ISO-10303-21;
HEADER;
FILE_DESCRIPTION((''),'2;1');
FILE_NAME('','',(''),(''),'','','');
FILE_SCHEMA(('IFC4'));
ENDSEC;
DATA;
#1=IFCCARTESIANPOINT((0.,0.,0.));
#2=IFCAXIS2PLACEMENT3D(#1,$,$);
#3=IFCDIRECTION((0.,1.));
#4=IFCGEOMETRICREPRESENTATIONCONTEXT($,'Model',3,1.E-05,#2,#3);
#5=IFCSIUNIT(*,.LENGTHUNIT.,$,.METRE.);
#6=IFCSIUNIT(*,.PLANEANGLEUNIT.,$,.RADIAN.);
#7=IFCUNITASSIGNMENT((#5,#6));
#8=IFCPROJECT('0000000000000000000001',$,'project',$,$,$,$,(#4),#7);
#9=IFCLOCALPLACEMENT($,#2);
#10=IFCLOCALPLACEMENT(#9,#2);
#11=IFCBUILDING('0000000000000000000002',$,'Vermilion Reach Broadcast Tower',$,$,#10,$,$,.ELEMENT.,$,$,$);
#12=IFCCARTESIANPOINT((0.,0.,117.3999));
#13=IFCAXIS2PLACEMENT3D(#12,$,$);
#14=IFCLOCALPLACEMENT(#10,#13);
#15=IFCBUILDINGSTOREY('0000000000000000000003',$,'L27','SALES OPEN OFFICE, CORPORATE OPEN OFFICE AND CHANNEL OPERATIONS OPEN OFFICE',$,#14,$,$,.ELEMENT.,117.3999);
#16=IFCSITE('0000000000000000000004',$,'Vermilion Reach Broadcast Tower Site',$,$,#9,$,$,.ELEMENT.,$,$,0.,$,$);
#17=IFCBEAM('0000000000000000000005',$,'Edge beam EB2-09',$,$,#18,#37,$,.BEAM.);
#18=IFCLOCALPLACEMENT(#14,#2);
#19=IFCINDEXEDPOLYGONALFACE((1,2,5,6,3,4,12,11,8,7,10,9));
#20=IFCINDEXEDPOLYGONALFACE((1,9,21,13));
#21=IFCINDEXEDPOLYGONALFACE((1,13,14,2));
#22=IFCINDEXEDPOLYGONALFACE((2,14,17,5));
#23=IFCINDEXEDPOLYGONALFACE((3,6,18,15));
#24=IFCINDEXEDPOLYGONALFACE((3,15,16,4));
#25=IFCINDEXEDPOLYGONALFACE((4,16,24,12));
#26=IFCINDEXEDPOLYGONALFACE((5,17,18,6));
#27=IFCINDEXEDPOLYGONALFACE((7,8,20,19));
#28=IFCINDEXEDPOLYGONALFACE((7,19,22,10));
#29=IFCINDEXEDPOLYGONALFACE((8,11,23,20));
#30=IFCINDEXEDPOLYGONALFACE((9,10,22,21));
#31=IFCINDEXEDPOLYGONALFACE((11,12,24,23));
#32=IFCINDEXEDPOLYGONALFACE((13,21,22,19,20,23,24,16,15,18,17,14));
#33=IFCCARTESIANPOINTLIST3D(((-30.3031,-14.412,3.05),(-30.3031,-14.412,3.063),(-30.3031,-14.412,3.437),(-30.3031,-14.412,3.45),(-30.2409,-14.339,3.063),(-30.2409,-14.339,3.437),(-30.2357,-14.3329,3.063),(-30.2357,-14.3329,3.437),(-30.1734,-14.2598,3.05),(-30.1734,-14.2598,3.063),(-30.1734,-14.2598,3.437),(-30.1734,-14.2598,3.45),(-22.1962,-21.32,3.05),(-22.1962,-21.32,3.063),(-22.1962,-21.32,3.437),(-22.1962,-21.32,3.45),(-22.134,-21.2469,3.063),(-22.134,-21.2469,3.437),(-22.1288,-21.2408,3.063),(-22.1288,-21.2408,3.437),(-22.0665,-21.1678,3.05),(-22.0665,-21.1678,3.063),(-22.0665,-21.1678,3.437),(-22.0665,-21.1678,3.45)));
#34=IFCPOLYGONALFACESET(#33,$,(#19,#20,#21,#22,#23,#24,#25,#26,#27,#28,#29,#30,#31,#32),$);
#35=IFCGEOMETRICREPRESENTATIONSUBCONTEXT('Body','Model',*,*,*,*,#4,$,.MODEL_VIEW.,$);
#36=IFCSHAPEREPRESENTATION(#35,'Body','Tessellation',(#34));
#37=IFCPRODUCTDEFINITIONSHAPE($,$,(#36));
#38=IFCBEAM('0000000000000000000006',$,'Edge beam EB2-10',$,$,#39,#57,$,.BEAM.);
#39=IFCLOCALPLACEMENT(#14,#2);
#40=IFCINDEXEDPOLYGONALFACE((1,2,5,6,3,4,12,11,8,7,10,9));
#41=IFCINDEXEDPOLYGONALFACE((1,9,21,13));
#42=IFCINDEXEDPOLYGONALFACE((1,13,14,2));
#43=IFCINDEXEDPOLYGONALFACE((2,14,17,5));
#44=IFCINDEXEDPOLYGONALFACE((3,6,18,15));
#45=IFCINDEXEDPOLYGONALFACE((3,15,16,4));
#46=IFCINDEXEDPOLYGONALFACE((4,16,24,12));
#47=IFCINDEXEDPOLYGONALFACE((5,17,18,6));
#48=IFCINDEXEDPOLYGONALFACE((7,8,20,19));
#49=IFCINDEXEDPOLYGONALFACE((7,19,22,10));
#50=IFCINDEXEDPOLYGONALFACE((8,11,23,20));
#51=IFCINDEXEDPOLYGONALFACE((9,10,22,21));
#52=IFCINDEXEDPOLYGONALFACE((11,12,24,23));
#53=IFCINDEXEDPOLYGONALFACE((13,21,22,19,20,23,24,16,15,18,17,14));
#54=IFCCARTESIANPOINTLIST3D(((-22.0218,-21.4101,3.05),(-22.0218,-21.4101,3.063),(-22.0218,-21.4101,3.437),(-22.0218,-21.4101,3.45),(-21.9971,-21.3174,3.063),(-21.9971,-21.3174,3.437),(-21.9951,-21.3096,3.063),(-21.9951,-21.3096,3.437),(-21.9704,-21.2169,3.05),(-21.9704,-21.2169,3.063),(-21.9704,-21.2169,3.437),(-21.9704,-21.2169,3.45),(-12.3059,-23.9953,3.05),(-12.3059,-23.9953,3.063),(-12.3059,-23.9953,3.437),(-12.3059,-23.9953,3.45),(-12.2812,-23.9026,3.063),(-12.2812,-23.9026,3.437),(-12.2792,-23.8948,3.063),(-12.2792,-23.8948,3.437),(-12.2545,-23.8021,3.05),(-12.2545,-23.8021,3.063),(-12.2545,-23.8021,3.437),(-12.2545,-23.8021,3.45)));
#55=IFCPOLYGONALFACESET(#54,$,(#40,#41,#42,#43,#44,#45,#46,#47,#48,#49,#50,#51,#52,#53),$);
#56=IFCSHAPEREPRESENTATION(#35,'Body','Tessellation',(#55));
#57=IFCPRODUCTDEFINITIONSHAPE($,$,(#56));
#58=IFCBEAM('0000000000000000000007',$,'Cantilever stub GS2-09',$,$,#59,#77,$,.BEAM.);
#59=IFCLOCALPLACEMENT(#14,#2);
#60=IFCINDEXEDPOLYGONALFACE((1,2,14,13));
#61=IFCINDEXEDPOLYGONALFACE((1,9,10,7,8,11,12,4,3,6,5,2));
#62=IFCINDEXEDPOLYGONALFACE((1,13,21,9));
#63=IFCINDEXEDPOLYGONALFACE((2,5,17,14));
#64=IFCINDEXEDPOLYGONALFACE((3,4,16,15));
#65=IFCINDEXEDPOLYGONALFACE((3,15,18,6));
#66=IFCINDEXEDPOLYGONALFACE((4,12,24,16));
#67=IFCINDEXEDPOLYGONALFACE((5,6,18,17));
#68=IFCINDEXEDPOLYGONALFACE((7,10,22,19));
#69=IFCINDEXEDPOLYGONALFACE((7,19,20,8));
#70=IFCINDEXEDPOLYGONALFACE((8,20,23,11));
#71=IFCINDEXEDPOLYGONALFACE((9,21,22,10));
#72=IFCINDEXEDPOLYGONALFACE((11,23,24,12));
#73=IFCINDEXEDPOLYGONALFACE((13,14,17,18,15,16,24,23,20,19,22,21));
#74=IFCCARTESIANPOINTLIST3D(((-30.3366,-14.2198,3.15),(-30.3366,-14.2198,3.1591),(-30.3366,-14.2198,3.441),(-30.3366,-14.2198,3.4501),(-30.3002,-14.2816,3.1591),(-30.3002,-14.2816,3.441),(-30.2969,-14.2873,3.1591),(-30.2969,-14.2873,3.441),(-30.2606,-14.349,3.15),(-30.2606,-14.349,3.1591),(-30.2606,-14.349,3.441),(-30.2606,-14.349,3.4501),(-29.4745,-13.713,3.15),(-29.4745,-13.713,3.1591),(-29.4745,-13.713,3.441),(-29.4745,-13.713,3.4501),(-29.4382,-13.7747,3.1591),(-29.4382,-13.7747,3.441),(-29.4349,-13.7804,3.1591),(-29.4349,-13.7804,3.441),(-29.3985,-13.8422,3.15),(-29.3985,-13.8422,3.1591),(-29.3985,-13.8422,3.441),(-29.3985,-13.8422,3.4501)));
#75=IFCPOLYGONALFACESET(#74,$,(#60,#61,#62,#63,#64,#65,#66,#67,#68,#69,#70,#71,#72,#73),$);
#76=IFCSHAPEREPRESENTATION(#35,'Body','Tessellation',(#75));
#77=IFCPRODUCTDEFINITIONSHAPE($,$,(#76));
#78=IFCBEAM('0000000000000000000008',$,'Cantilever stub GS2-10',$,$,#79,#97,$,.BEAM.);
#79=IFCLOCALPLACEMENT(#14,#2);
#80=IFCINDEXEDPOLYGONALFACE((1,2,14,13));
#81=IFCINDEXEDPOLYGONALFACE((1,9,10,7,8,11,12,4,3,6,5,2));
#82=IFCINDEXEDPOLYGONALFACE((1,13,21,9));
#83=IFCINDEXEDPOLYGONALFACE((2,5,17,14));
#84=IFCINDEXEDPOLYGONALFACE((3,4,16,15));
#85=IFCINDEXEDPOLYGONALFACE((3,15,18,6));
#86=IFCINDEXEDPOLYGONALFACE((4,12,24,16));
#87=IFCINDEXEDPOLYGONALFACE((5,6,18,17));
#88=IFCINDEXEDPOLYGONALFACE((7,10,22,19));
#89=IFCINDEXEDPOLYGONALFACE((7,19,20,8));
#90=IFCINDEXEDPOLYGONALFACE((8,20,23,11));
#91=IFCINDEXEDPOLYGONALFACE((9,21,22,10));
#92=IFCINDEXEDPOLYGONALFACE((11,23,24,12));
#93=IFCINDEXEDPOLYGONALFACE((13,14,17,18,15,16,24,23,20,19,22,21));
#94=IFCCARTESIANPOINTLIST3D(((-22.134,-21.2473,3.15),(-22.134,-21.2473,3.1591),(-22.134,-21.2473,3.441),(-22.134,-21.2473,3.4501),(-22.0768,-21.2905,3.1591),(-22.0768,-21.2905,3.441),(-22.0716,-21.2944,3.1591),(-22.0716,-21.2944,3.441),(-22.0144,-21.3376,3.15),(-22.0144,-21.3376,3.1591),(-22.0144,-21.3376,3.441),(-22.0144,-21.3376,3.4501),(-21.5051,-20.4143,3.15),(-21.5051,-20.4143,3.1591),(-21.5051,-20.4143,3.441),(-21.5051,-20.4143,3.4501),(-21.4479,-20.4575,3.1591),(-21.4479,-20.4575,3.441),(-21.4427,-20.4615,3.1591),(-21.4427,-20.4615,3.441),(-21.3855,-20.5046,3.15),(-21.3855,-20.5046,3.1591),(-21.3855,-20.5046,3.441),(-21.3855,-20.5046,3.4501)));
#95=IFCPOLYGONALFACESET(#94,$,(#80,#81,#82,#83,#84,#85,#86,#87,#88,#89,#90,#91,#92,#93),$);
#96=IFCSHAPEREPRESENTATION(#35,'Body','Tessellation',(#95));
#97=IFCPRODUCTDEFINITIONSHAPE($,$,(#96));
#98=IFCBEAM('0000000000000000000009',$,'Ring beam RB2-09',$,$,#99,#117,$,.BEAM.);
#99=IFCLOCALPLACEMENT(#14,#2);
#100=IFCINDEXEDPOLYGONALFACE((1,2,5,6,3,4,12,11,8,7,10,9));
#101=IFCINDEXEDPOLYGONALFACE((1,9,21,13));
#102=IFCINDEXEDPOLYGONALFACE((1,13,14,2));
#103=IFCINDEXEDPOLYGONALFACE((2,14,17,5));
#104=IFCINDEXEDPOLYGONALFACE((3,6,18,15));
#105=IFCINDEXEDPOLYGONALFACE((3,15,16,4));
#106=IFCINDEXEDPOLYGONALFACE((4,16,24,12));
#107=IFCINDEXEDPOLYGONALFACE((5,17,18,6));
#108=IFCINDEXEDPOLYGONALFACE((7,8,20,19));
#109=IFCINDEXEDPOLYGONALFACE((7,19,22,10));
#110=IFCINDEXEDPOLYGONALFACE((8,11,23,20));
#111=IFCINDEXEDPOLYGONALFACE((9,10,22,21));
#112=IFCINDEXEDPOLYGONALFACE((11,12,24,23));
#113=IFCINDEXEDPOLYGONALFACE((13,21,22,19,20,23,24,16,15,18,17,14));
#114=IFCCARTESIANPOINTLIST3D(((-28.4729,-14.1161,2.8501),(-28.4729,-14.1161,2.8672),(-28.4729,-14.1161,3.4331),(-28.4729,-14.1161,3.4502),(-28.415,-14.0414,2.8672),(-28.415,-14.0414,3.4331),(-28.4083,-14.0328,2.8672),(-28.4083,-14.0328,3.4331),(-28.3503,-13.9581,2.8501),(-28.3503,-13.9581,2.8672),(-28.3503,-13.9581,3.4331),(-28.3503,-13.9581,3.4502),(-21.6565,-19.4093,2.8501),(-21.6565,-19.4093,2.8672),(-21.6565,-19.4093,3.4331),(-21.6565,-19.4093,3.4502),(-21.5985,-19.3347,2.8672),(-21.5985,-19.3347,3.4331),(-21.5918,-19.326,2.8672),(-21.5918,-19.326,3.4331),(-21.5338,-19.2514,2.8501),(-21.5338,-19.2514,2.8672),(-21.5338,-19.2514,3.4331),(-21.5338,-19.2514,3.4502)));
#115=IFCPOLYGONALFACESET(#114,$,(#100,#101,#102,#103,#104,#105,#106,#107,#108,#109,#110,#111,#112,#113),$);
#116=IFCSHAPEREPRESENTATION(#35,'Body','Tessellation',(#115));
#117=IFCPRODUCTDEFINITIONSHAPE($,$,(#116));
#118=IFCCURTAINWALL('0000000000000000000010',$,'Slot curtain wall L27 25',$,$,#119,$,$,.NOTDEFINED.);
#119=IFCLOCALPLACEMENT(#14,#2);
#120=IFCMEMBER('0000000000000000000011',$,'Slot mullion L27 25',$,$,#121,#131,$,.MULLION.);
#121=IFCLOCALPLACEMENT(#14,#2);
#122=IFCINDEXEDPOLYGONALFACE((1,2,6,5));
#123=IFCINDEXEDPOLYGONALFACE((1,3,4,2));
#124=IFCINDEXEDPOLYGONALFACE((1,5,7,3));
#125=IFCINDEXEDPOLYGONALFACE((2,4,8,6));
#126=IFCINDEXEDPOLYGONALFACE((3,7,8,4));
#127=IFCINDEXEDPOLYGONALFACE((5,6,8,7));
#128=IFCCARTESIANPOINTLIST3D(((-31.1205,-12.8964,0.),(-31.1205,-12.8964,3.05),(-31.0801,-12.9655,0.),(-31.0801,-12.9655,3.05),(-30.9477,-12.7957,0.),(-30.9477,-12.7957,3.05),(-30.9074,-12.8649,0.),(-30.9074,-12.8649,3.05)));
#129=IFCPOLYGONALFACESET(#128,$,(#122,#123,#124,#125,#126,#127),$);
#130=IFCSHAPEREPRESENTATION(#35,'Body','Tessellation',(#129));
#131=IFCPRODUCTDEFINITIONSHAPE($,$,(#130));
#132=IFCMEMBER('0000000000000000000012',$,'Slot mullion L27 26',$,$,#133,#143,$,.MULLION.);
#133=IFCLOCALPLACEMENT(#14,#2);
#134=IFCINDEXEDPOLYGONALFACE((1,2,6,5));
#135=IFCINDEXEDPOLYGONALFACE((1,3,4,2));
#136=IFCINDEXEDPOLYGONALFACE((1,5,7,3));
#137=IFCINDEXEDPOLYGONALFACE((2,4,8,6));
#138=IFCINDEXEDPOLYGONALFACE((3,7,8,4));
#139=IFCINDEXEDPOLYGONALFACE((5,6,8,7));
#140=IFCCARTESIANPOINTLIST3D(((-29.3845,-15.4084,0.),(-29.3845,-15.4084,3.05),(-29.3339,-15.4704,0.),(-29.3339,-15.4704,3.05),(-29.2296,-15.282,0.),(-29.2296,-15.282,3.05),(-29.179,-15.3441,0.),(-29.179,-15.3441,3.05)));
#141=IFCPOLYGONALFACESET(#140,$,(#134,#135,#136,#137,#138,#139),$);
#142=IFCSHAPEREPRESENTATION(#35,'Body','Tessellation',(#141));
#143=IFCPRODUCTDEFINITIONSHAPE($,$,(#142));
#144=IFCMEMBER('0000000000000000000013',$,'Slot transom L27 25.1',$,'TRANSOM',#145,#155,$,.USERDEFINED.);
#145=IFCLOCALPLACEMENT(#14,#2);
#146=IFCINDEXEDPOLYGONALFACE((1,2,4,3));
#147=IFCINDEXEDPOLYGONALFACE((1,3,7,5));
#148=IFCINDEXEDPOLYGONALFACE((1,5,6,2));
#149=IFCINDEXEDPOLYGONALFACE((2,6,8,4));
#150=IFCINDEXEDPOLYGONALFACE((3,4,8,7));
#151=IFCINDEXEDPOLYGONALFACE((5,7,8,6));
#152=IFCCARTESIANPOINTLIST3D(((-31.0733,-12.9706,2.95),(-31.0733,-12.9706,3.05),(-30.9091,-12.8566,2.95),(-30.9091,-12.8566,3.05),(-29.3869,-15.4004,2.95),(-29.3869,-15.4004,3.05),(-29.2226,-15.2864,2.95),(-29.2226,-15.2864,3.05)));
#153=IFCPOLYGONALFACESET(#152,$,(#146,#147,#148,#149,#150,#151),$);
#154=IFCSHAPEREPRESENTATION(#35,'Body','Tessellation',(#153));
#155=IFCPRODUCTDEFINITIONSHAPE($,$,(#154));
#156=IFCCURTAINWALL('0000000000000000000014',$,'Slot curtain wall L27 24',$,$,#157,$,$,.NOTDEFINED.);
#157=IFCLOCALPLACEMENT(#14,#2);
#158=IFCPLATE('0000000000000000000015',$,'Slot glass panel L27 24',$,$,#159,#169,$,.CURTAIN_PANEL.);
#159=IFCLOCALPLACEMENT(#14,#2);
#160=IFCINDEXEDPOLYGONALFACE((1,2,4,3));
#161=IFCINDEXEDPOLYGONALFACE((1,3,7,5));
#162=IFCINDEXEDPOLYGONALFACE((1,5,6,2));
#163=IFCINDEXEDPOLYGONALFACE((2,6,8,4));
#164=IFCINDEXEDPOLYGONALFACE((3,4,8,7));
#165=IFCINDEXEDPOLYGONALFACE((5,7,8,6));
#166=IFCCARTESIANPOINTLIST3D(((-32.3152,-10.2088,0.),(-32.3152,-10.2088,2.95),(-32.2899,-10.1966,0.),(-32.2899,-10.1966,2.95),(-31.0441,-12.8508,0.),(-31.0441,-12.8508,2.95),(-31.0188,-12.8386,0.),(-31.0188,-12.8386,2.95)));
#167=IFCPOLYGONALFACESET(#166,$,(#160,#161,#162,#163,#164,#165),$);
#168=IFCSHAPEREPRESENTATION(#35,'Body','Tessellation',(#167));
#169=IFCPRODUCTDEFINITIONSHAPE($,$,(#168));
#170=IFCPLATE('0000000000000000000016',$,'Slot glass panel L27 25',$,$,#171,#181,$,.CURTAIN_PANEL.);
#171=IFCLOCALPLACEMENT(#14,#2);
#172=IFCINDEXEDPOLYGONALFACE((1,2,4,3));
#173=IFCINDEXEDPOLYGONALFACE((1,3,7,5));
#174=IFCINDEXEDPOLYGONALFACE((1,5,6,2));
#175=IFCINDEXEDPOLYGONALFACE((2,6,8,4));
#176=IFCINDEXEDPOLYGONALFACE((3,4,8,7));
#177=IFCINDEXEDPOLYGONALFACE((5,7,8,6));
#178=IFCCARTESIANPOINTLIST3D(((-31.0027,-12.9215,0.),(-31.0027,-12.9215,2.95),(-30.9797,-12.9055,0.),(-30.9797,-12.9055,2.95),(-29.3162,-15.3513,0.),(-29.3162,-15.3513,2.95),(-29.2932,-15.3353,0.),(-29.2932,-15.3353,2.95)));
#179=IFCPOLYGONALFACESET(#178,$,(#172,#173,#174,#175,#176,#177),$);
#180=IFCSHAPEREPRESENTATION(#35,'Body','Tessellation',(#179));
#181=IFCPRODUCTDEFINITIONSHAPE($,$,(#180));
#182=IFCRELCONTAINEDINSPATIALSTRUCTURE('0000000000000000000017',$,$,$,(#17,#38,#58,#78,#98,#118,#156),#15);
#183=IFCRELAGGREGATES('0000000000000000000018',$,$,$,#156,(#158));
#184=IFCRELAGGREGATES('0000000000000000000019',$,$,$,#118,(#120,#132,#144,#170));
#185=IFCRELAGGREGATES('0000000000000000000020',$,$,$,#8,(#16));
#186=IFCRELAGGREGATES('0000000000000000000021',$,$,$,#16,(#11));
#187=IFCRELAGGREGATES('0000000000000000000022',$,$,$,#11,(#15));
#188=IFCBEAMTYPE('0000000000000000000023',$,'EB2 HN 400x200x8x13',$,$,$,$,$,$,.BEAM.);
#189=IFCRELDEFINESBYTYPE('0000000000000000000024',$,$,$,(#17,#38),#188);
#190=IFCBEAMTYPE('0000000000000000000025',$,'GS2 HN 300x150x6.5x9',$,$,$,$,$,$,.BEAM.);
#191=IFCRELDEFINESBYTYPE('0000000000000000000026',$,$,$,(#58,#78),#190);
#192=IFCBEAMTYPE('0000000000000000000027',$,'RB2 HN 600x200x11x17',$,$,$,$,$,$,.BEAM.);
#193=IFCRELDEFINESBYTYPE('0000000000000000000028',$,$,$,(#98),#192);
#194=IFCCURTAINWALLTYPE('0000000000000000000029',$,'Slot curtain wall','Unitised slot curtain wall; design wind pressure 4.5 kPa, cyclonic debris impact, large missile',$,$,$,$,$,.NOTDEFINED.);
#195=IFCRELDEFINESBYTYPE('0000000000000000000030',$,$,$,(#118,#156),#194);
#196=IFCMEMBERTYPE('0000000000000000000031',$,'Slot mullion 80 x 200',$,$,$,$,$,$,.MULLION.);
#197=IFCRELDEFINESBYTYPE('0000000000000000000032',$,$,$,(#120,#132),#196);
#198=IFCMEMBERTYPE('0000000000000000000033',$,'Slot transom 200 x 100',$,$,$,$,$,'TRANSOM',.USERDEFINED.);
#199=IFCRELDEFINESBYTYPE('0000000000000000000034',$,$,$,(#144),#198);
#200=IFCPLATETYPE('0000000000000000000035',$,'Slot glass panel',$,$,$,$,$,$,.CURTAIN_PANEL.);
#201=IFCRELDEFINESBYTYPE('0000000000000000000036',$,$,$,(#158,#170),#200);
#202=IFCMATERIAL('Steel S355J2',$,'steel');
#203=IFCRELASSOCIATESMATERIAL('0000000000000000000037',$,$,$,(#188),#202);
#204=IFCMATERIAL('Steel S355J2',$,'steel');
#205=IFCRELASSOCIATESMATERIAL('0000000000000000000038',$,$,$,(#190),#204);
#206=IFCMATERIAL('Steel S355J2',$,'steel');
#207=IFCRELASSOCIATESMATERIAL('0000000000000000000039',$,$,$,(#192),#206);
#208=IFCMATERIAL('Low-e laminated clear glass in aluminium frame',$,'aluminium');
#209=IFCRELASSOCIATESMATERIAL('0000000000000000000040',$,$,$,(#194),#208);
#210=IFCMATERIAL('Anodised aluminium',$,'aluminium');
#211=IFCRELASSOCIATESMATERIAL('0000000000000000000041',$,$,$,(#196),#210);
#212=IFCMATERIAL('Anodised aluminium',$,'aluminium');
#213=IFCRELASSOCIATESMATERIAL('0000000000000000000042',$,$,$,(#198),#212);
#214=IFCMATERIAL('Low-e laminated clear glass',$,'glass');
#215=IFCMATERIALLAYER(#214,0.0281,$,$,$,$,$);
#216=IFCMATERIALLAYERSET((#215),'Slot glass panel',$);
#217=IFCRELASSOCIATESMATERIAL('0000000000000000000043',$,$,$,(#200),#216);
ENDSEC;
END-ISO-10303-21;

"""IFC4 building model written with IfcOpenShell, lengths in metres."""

from ifc_helpers import new_model, si_unit, direction, frame, origin, origin_2d, place, context, subcontext, project, spatial, rectangle, i_section, extrude, material, layer, layer_set, material_profile, profile_set, type_object, element, aggregate, save


model = new_model("IFC4")

# Units and contexts
model_context = context("Model", 3, precision=1e-05, world=origin(), true_north=direction((0.0, 1.0)))
body_context = subcontext(model_context, "Body", "Model", "MODEL_VIEW")
ifc_project = project(units=[si_unit("LENGTHUNIT", "METRE"), si_unit("PLANEANGLEUNIT", "RADIAN")], contexts=[model_context])

# Site, building, storey
site_placement = place(None, origin())
site = spatial("IfcSite", under=ifc_project, at=site_placement, Name="Vermilion Reach Broadcast Tower Site", CompositionType="ELEMENT", RefElevation=0.0)
building_placement = place(site_placement, origin())
building = spatial("IfcBuilding", under=site, at=building_placement, Name="Vermilion Reach Broadcast Tower", CompositionType="ELEMENT")
storey_placement = place(building_placement, frame((0.0, 0.0, 117.3999)))
storey = spatial("IfcBuildingStorey", under=building, at=storey_placement, Name="L27", Description="SALES OPEN OFFICE, CORPORATE OPEN OFFICE AND CHANNEL OPERATIONS OPEN OFFICE", CompositionType="ELEMENT", Elevation=117.3999)

# Beams
ifc_material_1 = material(Name="Steel S355J2", Category="steel")
ifc_material_profile_1 = material_profile(ifc_material_1, i_section(OverallWidth=0.2, OverallDepth=0.3999, WebThickness=0.0081, FlangeThickness=0.0129, at=origin_2d()), Name="S355J2 HN 400x200x8x13")
ifc_profile_set_1 = profile_set([ifc_material_profile_1], Name="Steel S355J2")
beam_type_1 = type_object("IfcBeamType", Name="EB2 HN 400x200x8x13", PredefinedType="BEAM", material=ifc_profile_set_1)
beam_1_placement = place(storey_placement, frame((-30.2383, -14.3359, 3.25), z_axis=(0.761148, -0.648578, 0.0), x_axis=(0.648578, 0.761148, 0.0)))
element("IfcBeam", 1, at=beam_1_placement, inside=storey, type_object=beam_type_1, Name="Edge beam EB2-09", PredefinedType="BEAM", context=body_context, shape_type="SweptSolid", body=[
    extrude(i_section(OverallWidth=0.2, OverallDepth=0.3999, WebThickness=0.0081, FlangeThickness=0.0129, at=origin_2d()), origin(), (0.0, 0.0, 1.0), 10.6509),
])
beam_2_placement = place(storey_placement, frame((-21.9961, -21.3135, 3.25), z_axis=(0.966375, -0.257135, 0.0), x_axis=(0.257135, 0.966375, 0.0)))
element("IfcBeam", 2, at=beam_2_placement, inside=storey, type_object=beam_type_1, Name="Edge beam EB2-10", PredefinedType="BEAM", context=body_context, shape_type="SweptSolid", body=[
    extrude(i_section(OverallWidth=0.2, OverallDepth=0.3999, WebThickness=0.0081, FlangeThickness=0.0129, at=origin_2d()), origin(), (0.0, 0.0, 1.0), 10.054),
])
ifc_material_2 = material(Name="Steel S355J2", Category="steel")
ifc_material_profile_2 = material_profile(ifc_material_2, i_section(OverallWidth=0.1499, OverallDepth=0.3, WebThickness=0.0066, FlangeThickness=0.009, at=origin_2d()), Name="S355J2 HN 300x150x6.5x9")
ifc_profile_set_2 = profile_set([ifc_material_profile_2], Name="Steel S355J2")
beam_type_2 = type_object("IfcBeamType", Name="GS2 HN 300x150x6.5x9", PredefinedType="BEAM", material=ifc_profile_set_2)
beam_3_placement = place(storey_placement, frame((-29.4365, -13.7776, 3.3), z_axis=(-0.862047, -0.506828, 0.0), x_axis=(0.506828, -0.862047, 0.0)))
element("IfcBeam", 3, at=beam_3_placement, inside=storey, type_object=beam_type_2, Name="Cantilever stub GS2-09", PredefinedType="BEAM", context=body_context, shape_type="SweptSolid", body=[
    extrude(i_section(OverallWidth=0.1499, OverallDepth=0.3, WebThickness=0.0066, FlangeThickness=0.009, at=origin_2d()), origin(), (0.0, 0.0, 1.0), 1.0),
])
beam_4_placement = place(storey_placement, frame((-21.4453, -20.4595, 3.3), z_axis=(-0.602542, -0.798087, 0.0), x_axis=(0.798087, -0.602542, 0.0)))
element("IfcBeam", 4, at=beam_4_placement, inside=storey, type_object=beam_type_2, Name="Cantilever stub GS2-10", PredefinedType="BEAM", context=body_context, shape_type="SweptSolid", body=[
    extrude(i_section(OverallWidth=0.1499, OverallDepth=0.3, WebThickness=0.0066, FlangeThickness=0.009, at=origin_2d()), origin(), (0.0, 0.0, 1.0), 1.0437),
])
ifc_material_3 = material(Name="Steel S355J2", Category="steel")
ifc_material_profile_3 = material_profile(ifc_material_3, i_section(OverallWidth=0.2, OverallDepth=0.6001, WebThickness=0.011, FlangeThickness=0.0171, at=origin_2d()), Name="S355J2 HN 600x200x11x17")
ifc_profile_set_3 = profile_set([ifc_material_profile_3], Name="Steel S355J2")
beam_type_3 = type_object("IfcBeamType", Name="RB2 HN 600x200x11x17", PredefinedType="BEAM", material=ifc_profile_set_3)
beam_5_placement = place(storey_placement, frame((-28.4116, -14.0371, 3.1501), z_axis=(0.789826, -0.613331, 0.0), x_axis=(0.613331, 0.789826, 0.0)))
element("IfcBeam", 5, at=beam_5_placement, inside=storey, type_object=beam_type_3, Name="Ring beam RB2-09", PredefinedType="BEAM", context=body_context, shape_type="SweptSolid", body=[
    extrude(i_section(OverallWidth=0.2, OverallDepth=0.6001, WebThickness=0.011, FlangeThickness=0.0171, at=origin_2d()), origin(), (0.0, 0.0, 1.0), 8.6304),
])

# Curtain wall, members
ifc_material_4 = material(Name="Low-e laminated clear glass in aluminium frame", Category="aluminium")
curtain_wall_type = type_object("IfcCurtainWallType", Name="Slot curtain wall", Description="Unitised slot curtain wall; design wind pressure 4.5 kPa, cyclonic debris impact, large missile", PredefinedType="NOTDEFINED", material=ifc_material_4)
placement = place(storey_placement, origin())
curtain_wall_1 = element("IfcCurtainWall", 6, at=placement, inside=storey, type_object=curtain_wall_type, Name="Slot curtain wall L27 25", PredefinedType="NOTDEFINED")
ifc_material_5 = material(Name="Anodised aluminium", Category="aluminium")
ifc_material_profile_4 = material_profile(ifc_material_5, rectangle(XDim=0.2, YDim=0.0801, at=origin_2d()), Name="Slot mullion 80 x 200")
ifc_profile_set_4 = profile_set([ifc_material_profile_4], Name="Anodised aluminium")
member_type_1 = type_object("IfcMemberType", Name="Slot mullion 80 x 200", PredefinedType="MULLION", material=ifc_profile_set_4)
member_1_placement = place(storey_placement, frame((-31.0139, -12.8806, 0.0), z_axis=(0.0, 0.0, 1.0), x_axis=(0.864021, 0.503455, 0.0)))
member_1 = element("IfcMember", 7, at=member_1_placement, type_object=member_type_1, Name="Slot mullion L27 25", PredefinedType="MULLION", context=body_context, shape_type="SweptSolid", body=[
    extrude(rectangle(XDim=0.2, YDim=0.0801, at=origin_2d()), origin(), (0.0, 0.0, 1.0), 3.05),
])
member_2_placement = place(storey_placement, frame((-29.2817, -15.3762, 0.0), z_axis=(0.0, 0.0, 1.0), x_axis=(0.775017, 0.63194, 0.0)))
member_2 = element("IfcMember", 8, at=member_2_placement, type_object=member_type_1, Name="Slot mullion L27 26", PredefinedType="MULLION", context=body_context, shape_type="SweptSolid", body=[
    extrude(rectangle(XDim=0.2, YDim=0.0801, at=origin_2d()), origin(), (0.0, 0.0, 1.0), 3.05),
])
ifc_material_6 = material(Name="Anodised aluminium", Category="aluminium")
ifc_material_profile_5 = material_profile(ifc_material_6, rectangle(XDim=0.2, YDim=0.1001, at=origin_2d()), Name="Slot transom 200 x 100")
ifc_profile_set_5 = profile_set([ifc_material_profile_5], Name="Anodised aluminium")
member_type_2 = type_object("IfcMemberType", Name="Slot transom 200 x 100", ElementType="TRANSOM", PredefinedType="USERDEFINED", material=ifc_profile_set_5)
member_3_placement = place(storey_placement, frame((-30.9912, -12.9136, 3.0), z_axis=(0.570184, -0.821517, 0.0), x_axis=(0.821517, 0.570184, 0.0)))
member_3 = element("IfcMember", 9, at=member_3_placement, type_object=member_type_2, Name="Slot transom L27 25.1", ObjectType="TRANSOM", PredefinedType="USERDEFINED", context=body_context, shape_type="SweptSolid", body=[
    extrude(rectangle(XDim=0.2, YDim=0.1001, at=origin_2d()), origin(), (0.0, 0.0, 1.0), 2.9578),
])

# Curtain wall, plate
curtain_wall_2 = element("IfcCurtainWall", 10, at=placement, inside=storey, type_object=curtain_wall_type, Name="Slot curtain wall L27 24", PredefinedType="NOTDEFINED")
ifc_material_7 = material(Name="Low-e laminated clear glass", Category="glass")
ifc_layer_1 = layer(ifc_material_7, 0.0281)
ifc_layer_set_1 = layer_set([ifc_layer_1], Name="Slot glass panel")
plate_type = type_object("IfcPlateType", Name="Slot glass panel", PredefinedType="CURTAIN_PANEL", material=ifc_layer_set_1)
plate_1_placement = place(storey_placement, frame((-31.667, -11.5237, 0.0), z_axis=(0.0, 0.0, 1.0), x_axis=(0.433553, -0.901128, 0.0)))
plate_1 = element("IfcPlate", 11, at=plate_1_placement, type_object=plate_type, Name="Slot glass panel L27 24", PredefinedType="CURTAIN_PANEL", context=body_context, shape_type="SweptSolid", body=[
    extrude(rectangle(XDim=2.9319, YDim=0.0281, at=origin_2d()), origin(), (0.0, 0.0, 1.0), 2.95),
])
aggregate(curtain_wall_2, [plate_1])

# Plate
plate_2_placement = place(storey_placement, frame((-30.1479, -14.1284, 0.0), z_axis=(0.0, 0.0, 1.0), x_axis=(0.570205, -0.821502, 0.0)))
plate_2 = element("IfcPlate", 12, at=plate_2_placement, type_object=plate_type, Name="Slot glass panel L27 25", PredefinedType="CURTAIN_PANEL", context=body_context, shape_type="SweptSolid", body=[
    extrude(rectangle(XDim=2.9578, YDim=0.0281, at=origin_2d()), origin(), (0.0, 0.0, 1.0), 2.95),
])
aggregate(curtain_wall_1, [member_1, member_2, member_3, plate_2])

save(model, "model.ifc")
